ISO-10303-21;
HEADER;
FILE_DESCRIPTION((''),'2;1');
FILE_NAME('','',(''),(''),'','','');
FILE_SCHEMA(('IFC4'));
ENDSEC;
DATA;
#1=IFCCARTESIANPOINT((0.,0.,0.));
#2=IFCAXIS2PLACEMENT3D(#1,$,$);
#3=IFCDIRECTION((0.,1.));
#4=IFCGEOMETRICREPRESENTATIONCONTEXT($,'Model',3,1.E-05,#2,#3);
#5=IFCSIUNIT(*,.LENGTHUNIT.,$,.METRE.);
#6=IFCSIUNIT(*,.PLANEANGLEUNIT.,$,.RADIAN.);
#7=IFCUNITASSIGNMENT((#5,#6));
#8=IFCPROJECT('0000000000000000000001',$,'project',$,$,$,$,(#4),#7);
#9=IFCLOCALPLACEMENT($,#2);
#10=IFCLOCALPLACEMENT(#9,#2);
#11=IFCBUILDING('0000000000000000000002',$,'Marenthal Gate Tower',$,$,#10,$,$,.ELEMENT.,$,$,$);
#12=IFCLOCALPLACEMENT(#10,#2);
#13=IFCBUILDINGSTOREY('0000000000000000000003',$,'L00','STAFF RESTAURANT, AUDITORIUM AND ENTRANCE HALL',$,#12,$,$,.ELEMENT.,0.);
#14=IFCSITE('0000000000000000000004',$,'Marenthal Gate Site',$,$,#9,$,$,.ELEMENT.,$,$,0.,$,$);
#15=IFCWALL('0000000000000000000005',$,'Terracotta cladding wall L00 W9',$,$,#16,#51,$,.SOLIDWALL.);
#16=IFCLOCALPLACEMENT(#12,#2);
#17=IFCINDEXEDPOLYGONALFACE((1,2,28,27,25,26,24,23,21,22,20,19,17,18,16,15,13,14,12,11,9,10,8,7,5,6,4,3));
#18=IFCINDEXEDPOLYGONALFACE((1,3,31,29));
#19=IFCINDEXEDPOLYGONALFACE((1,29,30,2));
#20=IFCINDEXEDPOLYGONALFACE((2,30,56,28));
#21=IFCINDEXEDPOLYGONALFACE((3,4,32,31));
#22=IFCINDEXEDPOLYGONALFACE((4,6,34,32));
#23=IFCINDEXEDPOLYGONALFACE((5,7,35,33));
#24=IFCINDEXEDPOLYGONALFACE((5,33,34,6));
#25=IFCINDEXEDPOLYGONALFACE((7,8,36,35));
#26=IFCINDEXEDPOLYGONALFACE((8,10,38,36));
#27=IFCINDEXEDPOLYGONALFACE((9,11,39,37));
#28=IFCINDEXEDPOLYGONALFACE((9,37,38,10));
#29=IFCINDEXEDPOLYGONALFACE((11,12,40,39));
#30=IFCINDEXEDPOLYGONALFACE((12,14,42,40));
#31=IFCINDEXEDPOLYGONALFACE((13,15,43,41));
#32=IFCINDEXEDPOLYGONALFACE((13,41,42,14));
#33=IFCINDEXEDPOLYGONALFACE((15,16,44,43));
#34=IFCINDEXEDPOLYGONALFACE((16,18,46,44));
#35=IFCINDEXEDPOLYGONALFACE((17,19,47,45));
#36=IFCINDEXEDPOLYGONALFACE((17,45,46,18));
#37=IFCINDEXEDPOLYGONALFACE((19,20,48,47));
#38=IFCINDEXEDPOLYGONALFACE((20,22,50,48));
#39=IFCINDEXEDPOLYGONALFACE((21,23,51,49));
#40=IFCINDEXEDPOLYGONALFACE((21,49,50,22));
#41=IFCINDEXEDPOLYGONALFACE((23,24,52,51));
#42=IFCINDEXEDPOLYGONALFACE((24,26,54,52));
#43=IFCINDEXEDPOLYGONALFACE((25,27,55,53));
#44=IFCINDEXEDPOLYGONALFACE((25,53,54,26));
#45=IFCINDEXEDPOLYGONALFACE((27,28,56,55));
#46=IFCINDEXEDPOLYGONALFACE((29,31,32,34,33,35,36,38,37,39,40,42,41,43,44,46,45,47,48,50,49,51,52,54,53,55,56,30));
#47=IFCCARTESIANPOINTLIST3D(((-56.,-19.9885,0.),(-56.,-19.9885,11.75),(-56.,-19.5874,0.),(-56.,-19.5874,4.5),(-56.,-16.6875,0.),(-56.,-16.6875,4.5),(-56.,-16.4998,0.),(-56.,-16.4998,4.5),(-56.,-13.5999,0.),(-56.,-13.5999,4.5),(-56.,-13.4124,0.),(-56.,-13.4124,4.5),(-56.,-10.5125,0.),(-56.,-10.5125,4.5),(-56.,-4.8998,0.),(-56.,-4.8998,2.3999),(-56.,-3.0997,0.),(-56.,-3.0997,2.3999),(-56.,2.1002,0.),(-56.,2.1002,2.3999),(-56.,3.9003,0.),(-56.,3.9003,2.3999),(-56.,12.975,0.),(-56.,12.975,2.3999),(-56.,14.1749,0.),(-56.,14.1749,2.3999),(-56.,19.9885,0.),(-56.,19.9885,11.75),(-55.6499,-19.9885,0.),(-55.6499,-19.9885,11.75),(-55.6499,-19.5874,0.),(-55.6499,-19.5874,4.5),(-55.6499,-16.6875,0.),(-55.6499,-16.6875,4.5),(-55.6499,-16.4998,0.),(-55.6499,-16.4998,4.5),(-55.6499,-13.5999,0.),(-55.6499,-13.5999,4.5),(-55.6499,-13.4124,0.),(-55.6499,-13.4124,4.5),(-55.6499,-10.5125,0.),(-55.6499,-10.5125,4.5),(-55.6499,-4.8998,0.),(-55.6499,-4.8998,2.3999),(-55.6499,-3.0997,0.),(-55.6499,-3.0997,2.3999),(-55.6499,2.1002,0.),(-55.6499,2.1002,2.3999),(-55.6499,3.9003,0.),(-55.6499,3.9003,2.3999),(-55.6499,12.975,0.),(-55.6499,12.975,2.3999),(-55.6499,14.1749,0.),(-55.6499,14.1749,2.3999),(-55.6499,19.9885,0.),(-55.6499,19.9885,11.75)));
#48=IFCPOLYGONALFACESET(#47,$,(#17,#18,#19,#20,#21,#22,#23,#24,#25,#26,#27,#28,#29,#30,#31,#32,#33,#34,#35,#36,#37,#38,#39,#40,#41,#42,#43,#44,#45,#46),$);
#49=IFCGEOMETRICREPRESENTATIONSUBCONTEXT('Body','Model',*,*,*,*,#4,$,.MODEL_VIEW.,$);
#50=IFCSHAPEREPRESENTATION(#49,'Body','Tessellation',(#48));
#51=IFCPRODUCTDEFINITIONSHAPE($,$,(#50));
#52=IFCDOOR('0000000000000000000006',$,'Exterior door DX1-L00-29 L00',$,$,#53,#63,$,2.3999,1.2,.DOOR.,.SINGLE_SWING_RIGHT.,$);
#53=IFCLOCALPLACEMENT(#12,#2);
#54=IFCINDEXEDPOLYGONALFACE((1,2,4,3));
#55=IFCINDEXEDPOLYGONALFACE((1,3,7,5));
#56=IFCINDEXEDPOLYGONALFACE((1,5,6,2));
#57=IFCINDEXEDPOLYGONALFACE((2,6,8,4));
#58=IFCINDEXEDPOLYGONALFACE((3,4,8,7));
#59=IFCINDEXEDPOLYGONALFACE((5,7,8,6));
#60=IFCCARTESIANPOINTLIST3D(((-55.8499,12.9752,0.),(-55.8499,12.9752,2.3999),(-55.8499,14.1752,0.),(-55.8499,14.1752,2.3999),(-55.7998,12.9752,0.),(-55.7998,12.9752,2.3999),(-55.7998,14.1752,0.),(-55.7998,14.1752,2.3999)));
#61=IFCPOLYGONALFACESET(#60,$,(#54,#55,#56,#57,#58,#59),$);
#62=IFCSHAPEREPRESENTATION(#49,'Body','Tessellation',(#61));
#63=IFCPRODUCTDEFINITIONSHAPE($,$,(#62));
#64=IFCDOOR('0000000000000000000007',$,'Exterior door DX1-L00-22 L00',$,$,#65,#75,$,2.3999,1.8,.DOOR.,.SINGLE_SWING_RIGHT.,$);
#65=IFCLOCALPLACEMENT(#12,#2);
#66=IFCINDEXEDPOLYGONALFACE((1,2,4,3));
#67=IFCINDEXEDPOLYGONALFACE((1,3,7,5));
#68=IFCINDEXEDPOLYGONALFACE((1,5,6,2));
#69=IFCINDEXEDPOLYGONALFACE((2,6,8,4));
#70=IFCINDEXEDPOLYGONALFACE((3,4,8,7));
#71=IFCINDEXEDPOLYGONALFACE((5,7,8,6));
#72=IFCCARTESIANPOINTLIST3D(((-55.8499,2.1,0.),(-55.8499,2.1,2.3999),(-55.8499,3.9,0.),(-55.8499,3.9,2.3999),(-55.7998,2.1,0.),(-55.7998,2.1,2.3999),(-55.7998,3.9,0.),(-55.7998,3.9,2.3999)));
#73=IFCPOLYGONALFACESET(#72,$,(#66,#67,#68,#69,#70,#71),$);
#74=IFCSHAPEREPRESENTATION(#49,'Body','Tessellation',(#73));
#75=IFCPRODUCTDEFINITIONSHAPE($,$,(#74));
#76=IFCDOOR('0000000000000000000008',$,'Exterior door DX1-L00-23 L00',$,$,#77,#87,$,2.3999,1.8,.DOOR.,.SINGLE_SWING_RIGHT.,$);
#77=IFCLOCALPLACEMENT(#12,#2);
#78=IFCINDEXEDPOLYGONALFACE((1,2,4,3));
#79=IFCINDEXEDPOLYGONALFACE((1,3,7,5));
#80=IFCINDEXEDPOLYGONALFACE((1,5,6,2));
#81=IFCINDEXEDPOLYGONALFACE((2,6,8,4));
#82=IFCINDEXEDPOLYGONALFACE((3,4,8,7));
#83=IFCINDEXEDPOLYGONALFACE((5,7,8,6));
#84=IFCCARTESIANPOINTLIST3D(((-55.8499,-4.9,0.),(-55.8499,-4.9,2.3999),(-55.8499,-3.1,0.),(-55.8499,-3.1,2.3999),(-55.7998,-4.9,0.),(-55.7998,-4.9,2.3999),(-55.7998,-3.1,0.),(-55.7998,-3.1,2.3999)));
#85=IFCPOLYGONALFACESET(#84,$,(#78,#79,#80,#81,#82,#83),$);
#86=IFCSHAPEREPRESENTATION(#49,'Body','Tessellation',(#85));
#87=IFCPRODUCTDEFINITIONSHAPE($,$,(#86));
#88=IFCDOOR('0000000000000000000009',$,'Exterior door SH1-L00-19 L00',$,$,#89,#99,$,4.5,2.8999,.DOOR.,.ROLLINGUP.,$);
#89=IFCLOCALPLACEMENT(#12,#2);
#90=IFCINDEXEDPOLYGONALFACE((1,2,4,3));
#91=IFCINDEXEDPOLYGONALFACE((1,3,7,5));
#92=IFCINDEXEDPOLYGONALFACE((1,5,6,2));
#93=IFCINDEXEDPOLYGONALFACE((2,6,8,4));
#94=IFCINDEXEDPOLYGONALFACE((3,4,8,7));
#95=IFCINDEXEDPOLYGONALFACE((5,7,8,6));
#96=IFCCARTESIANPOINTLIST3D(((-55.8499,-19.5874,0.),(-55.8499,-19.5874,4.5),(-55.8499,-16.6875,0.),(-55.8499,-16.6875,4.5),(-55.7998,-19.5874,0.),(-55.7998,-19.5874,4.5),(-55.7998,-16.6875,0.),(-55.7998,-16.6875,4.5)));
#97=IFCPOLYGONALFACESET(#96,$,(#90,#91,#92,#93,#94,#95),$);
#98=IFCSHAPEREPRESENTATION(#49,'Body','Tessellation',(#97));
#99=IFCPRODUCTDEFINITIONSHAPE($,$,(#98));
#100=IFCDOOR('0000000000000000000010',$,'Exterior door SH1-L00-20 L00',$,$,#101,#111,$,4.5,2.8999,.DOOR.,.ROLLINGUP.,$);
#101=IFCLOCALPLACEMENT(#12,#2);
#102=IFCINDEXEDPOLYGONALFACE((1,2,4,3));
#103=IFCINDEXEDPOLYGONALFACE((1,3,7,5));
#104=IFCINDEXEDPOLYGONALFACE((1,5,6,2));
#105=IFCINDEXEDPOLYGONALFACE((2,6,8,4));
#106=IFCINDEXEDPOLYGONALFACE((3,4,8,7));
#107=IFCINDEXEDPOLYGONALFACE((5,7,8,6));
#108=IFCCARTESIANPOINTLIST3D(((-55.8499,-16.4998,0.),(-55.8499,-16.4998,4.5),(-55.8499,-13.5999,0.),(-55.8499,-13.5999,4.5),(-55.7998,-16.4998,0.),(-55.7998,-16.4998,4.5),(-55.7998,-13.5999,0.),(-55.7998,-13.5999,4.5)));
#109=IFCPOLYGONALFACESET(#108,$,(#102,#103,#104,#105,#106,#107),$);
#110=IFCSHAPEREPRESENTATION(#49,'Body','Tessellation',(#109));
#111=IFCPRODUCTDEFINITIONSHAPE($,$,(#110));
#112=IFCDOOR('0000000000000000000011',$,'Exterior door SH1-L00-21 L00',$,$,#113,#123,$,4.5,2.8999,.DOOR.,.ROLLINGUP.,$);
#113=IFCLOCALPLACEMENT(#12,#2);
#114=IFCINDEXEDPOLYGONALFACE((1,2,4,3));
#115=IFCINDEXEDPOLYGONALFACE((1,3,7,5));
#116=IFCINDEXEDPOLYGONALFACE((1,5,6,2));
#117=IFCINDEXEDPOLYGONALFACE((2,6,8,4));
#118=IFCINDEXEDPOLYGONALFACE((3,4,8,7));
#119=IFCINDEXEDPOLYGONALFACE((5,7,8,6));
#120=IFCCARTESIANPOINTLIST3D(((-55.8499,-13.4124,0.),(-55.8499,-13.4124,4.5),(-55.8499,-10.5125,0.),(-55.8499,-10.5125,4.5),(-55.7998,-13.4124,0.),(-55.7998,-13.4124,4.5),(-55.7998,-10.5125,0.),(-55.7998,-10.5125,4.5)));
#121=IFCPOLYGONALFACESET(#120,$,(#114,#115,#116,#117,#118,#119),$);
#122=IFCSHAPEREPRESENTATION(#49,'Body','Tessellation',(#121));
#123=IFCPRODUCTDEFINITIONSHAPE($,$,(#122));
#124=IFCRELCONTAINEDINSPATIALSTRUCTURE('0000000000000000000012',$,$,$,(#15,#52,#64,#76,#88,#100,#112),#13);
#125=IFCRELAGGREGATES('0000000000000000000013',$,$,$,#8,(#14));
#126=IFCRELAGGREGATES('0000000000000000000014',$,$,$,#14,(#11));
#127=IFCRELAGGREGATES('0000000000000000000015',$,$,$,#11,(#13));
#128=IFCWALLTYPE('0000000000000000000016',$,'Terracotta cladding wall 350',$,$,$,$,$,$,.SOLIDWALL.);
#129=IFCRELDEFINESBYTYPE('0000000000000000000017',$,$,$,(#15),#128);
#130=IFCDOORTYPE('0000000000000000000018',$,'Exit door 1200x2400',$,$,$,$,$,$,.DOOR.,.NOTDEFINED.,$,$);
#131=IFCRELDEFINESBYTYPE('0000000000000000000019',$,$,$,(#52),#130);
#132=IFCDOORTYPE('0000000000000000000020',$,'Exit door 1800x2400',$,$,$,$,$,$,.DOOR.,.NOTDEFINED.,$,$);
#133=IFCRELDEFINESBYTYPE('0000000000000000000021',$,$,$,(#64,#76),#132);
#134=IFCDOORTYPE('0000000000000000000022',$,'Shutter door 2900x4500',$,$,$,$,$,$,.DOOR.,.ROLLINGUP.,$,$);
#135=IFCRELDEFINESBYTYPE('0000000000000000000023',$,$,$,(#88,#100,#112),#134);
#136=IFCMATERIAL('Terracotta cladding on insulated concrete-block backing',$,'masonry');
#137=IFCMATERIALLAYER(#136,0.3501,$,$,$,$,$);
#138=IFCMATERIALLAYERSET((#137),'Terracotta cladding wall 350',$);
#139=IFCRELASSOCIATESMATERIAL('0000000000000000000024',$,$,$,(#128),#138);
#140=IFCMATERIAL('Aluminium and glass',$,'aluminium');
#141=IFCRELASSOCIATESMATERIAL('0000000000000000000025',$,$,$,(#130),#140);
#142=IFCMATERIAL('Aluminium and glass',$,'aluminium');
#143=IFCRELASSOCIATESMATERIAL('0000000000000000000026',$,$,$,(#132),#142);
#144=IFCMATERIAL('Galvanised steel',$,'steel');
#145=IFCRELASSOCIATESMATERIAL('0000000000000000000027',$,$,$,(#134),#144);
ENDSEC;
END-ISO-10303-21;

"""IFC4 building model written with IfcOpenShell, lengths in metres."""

from ifc_helpers import new_model, si_unit, direction, frame, frame_2d, origin, place, context, subcontext, project, spatial, rectangle, extrude, material, layer, layer_set, type_object, element, fill, save


model = new_model("IFC4")

# Units and contexts
model_context = context("Model", 3, precision=1e-05, world=origin(), true_north=direction((0.0, 1.0)))
body_context = subcontext(model_context, "Body", "Model", "MODEL_VIEW")
ifc_project = project(units=[si_unit("LENGTHUNIT", "METRE"), si_unit("PLANEANGLEUNIT", "RADIAN")], contexts=[model_context])

# Site, building, storey
site_placement = place(None, origin())
site = spatial("IfcSite", under=ifc_project, at=site_placement, Name="Marenthal Gate Site", CompositionType="ELEMENT", RefElevation=0.0)
building_placement = place(site_placement, origin())
building = spatial("IfcBuilding", under=site, at=building_placement, Name="Marenthal Gate Tower", CompositionType="ELEMENT")
storey_placement = place(building_placement, origin())
storey = spatial("IfcBuildingStorey", under=building, at=storey_placement, Name="L00", Description="STAFF RESTAURANT, AUDITORIUM AND ENTRANCE HALL", CompositionType="ELEMENT", Elevation=0.0)

# Shared definitions
ifc_material_1 = material(Name="Terracotta cladding on insulated concrete-block backing", Category="masonry")
ifc_layer_1 = layer(ifc_material_1, 0.3501)
ifc_layer_set_1 = layer_set([ifc_layer_1], Name="Terracotta cladding wall 350")
wall_type_1 = type_object("IfcWallType", Name="Terracotta cladding wall 350", PredefinedType="SOLIDWALL", material=ifc_layer_set_1)

# Wall, openings, doors
wall_1_placement = place(storey_placement, frame((-55.825, 19.9885, 0.0), z_axis=(0.0, 0.0, 1.0), x_axis=(0.0, -1.0, 0.0)))
wall_1 = element("IfcWall", 1, at=wall_1_placement, inside=storey, type_object=wall_type_1, Name="Terracotta cladding wall L00 W9", PredefinedType="SOLIDWALL", context=body_context, shape_type="SweptSolid", body=[
    extrude(rectangle(XDim=39.9771, YDim=0.3501, at=frame_2d((19.9885, 0.0))), origin(), (0.0, 0.0, 1.0), 11.75),
])
opening_1_placement = place(wall_1_placement, frame((36.676, 0.0, 0.0)))
opening_1 = element("IfcOpeningElement", 2, at=opening_1_placement, cuts=wall_1, PredefinedType="OPENING", context=body_context, shape_type="SweptSolid", body=[
    extrude(rectangle(XDim=2.8999, YDim=4.5, at=frame_2d((1.45, 2.25))), frame((0.0, 0.1851, 0.0), z_axis=(0.0, -1.0, 0.0), x_axis=(1.0, 0.0, 0.0)), (0.0, 0.0, 1.0), 0.3701),
])
opening_2_placement = place(wall_1_placement, frame((33.5884, 0.0, 0.0)))
opening_2 = element("IfcOpeningElement", 3, at=opening_2_placement, cuts=wall_1, PredefinedType="OPENING", context=body_context, shape_type="SweptSolid", body=[
    extrude(rectangle(XDim=2.8999, YDim=4.5, at=frame_2d((1.45, 2.25))), frame((0.0, 0.1851, 0.0), z_axis=(0.0, -1.0, 0.0), x_axis=(1.0, 0.0, 0.0)), (0.0, 0.0, 1.0), 0.3701),
])
opening_3_placement = place(wall_1_placement, frame((30.501, 0.0, 0.0)))
opening_3 = element("IfcOpeningElement", 4, at=opening_3_placement, cuts=wall_1, PredefinedType="OPENING", context=body_context, shape_type="SweptSolid", body=[
    extrude(rectangle(XDim=2.8999, YDim=4.5, at=frame_2d((1.45, 2.25))), frame((0.0, 0.1851, 0.0), z_axis=(0.0, -1.0, 0.0), x_axis=(1.0, 0.0, 0.0)), (0.0, 0.0, 1.0), 0.3701),
])
opening_4_placement = place(wall_1_placement, frame((16.0884, 0.0, 0.0)))
opening_4 = element("IfcOpeningElement", 5, at=opening_4_placement, cuts=wall_1, PredefinedType="OPENING", context=body_context, shape_type="SweptSolid", body=[
    extrude(rectangle(XDim=1.8, YDim=2.3999, at=frame_2d((0.8999, 1.2))), frame((0.0, 0.1851, 0.0), z_axis=(0.0, -1.0, 0.0), x_axis=(1.0, 0.0, 0.0)), (0.0, 0.0, 1.0), 0.3701),
])
opening_5_placement = place(wall_1_placement, frame((23.0884, 0.0, 0.0)))
opening_5 = element("IfcOpeningElement", 6, at=opening_5_placement, cuts=wall_1, PredefinedType="OPENING", context=body_context, shape_type="SweptSolid", body=[
    extrude(rectangle(XDim=1.8, YDim=2.3999, at=frame_2d((0.8999, 1.2))), frame((0.0, 0.1851, 0.0), z_axis=(0.0, -1.0, 0.0), x_axis=(1.0, 0.0, 0.0)), (0.0, 0.0, 1.0), 0.3701),
])
opening_6_placement = place(wall_1_placement, frame((5.8135, 0.0, 0.0)))
opening_6 = element("IfcOpeningElement", 7, at=opening_6_placement, cuts=wall_1, PredefinedType="OPENING", context=body_context, shape_type="SweptSolid", body=[
    extrude(rectangle(XDim=1.2, YDim=2.3999, at=frame_2d((0.6001, 1.2))), frame((0.0, 0.1851, 0.0), z_axis=(0.0, -1.0, 0.0), x_axis=(1.0, 0.0, 0.0)), (0.0, 0.0, 1.0), 0.3701),
])
ifc_material_2 = material(Name="Aluminium and glass", Category="aluminium")
door_type_1 = type_object("IfcDoorType", Name="Exit door 1200x2400", OperationType="NOTDEFINED", PredefinedType="DOOR", material=ifc_material_2)
door_1_placement = place(opening_6_placement, frame((1.2, 0.0, 0.0), z_axis=(0.0, 0.0, 1.0), x_axis=(-1.0, 0.0, 0.0)))
door_1 = element("IfcDoor", 8, at=door_1_placement, inside=storey, type_object=door_type_1, Name="Exterior door DX1-L00-29 L00", OperationType="SINGLE_SWING_RIGHT", OverallHeight=2.3999, OverallWidth=1.2, PredefinedType="DOOR", context=body_context, shape_type="SweptSolid", body=[
    extrude(rectangle(XDim=1.2, YDim=2.3999, at=frame_2d((0.6001, 1.2))), frame((0.0, 0.0249, 0.0), z_axis=(0.0, -1.0, 0.0), x_axis=(1.0, 0.0, 0.0)), (0.0, 0.0, 1.0), 0.05),
])
fill(opening_6, door_1)
ifc_material_3 = material(Name="Aluminium and glass", Category="aluminium")
door_type_2 = type_object("IfcDoorType", Name="Exit door 1800x2400", OperationType="NOTDEFINED", PredefinedType="DOOR", material=ifc_material_3)
door_2_placement = place(opening_4_placement, frame((1.8, 0.0, 0.0), z_axis=(0.0, 0.0, 1.0), x_axis=(-1.0, 0.0, 0.0)))
door_2 = element("IfcDoor", 9, at=door_2_placement, inside=storey, type_object=door_type_2, Name="Exterior door DX1-L00-22 L00", OperationType="SINGLE_SWING_RIGHT", OverallHeight=2.3999, OverallWidth=1.8, PredefinedType="DOOR", context=body_context, shape_type="SweptSolid", body=[
    extrude(rectangle(XDim=1.8, YDim=2.3999, at=frame_2d((0.8999, 1.2))), frame((0.0, 0.0249, 0.0), z_axis=(0.0, -1.0, 0.0), x_axis=(1.0, 0.0, 0.0)), (0.0, 0.0, 1.0), 0.05),
])
fill(opening_4, door_2)
door_3_placement = place(opening_5_placement, frame((1.8, 0.0, 0.0), z_axis=(0.0, 0.0, 1.0), x_axis=(-1.0, 0.0, 0.0)))
door_3 = element("IfcDoor", 10, at=door_3_placement, inside=storey, type_object=door_type_2, Name="Exterior door DX1-L00-23 L00", OperationType="SINGLE_SWING_RIGHT", OverallHeight=2.3999, OverallWidth=1.8, PredefinedType="DOOR", context=body_context, shape_type="SweptSolid", body=[
    extrude(rectangle(XDim=1.8, YDim=2.3999, at=frame_2d((0.8999, 1.2))), frame((0.0, 0.0249, 0.0), z_axis=(0.0, -1.0, 0.0), x_axis=(1.0, 0.0, 0.0)), (0.0, 0.0, 1.0), 0.05),
])
fill(opening_5, door_3)
ifc_material_4 = material(Name="Galvanised steel", Category="steel")
door_type_3 = type_object("IfcDoorType", Name="Shutter door 2900x4500", OperationType="ROLLINGUP", PredefinedType="DOOR", material=ifc_material_4)
door_4_placement = place(opening_1_placement, frame((2.8999, 0.0, 0.0), z_axis=(0.0, 0.0, 1.0), x_axis=(-1.0, 0.0, 0.0)))
door_4 = element("IfcDoor", 11, at=door_4_placement, inside=storey, type_object=door_type_3, Name="Exterior door SH1-L00-19 L00", OperationType="ROLLINGUP", OverallHeight=4.5, OverallWidth=2.8999, PredefinedType="DOOR", context=body_context, shape_type="SweptSolid", body=[
    extrude(rectangle(XDim=2.8999, YDim=4.5, at=frame_2d((1.45, 2.25))), frame((0.0, 0.0249, 0.0), z_axis=(0.0, -1.0, 0.0), x_axis=(1.0, 0.0, 0.0)), (0.0, 0.0, 1.0), 0.05),
])
fill(opening_1, door_4)
door_5_placement = place(opening_2_placement, frame((2.8999, 0.0, 0.0), z_axis=(0.0, 0.0, 1.0), x_axis=(-1.0, 0.0, 0.0)))
door_5 = element("IfcDoor", 12, at=door_5_placement, inside=storey, type_object=door_type_3, Name="Exterior door SH1-L00-20 L00", OperationType="ROLLINGUP", OverallHeight=4.5, OverallWidth=2.8999, PredefinedType="DOOR", context=body_context, shape_type="SweptSolid", body=[
    extrude(rectangle(XDim=2.8999, YDim=4.5, at=frame_2d((1.45, 2.25))), frame((0.0, 0.0249, 0.0), z_axis=(0.0, -1.0, 0.0), x_axis=(1.0, 0.0, 0.0)), (0.0, 0.0, 1.0), 0.05),
])
fill(opening_2, door_5)
door_6_placement = place(opening_3_placement, frame((2.8999, 0.0, 0.0), z_axis=(0.0, 0.0, 1.0), x_axis=(-1.0, 0.0, 0.0)))
door_6 = element("IfcDoor", 13, at=door_6_placement, inside=storey, type_object=door_type_3, Name="Exterior door SH1-L00-21 L00", OperationType="ROLLINGUP", OverallHeight=4.5, OverallWidth=2.8999, PredefinedType="DOOR", context=body_context, shape_type="SweptSolid", body=[
    extrude(rectangle(XDim=2.8999, YDim=4.5, at=frame_2d((1.45, 2.25))), frame((0.0, 0.0249, 0.0), z_axis=(0.0, -1.0, 0.0), x_axis=(1.0, 0.0, 0.0)), (0.0, 0.0, 1.0), 0.05),
])
fill(opening_3, door_6)

save(model, "model.ifc")
